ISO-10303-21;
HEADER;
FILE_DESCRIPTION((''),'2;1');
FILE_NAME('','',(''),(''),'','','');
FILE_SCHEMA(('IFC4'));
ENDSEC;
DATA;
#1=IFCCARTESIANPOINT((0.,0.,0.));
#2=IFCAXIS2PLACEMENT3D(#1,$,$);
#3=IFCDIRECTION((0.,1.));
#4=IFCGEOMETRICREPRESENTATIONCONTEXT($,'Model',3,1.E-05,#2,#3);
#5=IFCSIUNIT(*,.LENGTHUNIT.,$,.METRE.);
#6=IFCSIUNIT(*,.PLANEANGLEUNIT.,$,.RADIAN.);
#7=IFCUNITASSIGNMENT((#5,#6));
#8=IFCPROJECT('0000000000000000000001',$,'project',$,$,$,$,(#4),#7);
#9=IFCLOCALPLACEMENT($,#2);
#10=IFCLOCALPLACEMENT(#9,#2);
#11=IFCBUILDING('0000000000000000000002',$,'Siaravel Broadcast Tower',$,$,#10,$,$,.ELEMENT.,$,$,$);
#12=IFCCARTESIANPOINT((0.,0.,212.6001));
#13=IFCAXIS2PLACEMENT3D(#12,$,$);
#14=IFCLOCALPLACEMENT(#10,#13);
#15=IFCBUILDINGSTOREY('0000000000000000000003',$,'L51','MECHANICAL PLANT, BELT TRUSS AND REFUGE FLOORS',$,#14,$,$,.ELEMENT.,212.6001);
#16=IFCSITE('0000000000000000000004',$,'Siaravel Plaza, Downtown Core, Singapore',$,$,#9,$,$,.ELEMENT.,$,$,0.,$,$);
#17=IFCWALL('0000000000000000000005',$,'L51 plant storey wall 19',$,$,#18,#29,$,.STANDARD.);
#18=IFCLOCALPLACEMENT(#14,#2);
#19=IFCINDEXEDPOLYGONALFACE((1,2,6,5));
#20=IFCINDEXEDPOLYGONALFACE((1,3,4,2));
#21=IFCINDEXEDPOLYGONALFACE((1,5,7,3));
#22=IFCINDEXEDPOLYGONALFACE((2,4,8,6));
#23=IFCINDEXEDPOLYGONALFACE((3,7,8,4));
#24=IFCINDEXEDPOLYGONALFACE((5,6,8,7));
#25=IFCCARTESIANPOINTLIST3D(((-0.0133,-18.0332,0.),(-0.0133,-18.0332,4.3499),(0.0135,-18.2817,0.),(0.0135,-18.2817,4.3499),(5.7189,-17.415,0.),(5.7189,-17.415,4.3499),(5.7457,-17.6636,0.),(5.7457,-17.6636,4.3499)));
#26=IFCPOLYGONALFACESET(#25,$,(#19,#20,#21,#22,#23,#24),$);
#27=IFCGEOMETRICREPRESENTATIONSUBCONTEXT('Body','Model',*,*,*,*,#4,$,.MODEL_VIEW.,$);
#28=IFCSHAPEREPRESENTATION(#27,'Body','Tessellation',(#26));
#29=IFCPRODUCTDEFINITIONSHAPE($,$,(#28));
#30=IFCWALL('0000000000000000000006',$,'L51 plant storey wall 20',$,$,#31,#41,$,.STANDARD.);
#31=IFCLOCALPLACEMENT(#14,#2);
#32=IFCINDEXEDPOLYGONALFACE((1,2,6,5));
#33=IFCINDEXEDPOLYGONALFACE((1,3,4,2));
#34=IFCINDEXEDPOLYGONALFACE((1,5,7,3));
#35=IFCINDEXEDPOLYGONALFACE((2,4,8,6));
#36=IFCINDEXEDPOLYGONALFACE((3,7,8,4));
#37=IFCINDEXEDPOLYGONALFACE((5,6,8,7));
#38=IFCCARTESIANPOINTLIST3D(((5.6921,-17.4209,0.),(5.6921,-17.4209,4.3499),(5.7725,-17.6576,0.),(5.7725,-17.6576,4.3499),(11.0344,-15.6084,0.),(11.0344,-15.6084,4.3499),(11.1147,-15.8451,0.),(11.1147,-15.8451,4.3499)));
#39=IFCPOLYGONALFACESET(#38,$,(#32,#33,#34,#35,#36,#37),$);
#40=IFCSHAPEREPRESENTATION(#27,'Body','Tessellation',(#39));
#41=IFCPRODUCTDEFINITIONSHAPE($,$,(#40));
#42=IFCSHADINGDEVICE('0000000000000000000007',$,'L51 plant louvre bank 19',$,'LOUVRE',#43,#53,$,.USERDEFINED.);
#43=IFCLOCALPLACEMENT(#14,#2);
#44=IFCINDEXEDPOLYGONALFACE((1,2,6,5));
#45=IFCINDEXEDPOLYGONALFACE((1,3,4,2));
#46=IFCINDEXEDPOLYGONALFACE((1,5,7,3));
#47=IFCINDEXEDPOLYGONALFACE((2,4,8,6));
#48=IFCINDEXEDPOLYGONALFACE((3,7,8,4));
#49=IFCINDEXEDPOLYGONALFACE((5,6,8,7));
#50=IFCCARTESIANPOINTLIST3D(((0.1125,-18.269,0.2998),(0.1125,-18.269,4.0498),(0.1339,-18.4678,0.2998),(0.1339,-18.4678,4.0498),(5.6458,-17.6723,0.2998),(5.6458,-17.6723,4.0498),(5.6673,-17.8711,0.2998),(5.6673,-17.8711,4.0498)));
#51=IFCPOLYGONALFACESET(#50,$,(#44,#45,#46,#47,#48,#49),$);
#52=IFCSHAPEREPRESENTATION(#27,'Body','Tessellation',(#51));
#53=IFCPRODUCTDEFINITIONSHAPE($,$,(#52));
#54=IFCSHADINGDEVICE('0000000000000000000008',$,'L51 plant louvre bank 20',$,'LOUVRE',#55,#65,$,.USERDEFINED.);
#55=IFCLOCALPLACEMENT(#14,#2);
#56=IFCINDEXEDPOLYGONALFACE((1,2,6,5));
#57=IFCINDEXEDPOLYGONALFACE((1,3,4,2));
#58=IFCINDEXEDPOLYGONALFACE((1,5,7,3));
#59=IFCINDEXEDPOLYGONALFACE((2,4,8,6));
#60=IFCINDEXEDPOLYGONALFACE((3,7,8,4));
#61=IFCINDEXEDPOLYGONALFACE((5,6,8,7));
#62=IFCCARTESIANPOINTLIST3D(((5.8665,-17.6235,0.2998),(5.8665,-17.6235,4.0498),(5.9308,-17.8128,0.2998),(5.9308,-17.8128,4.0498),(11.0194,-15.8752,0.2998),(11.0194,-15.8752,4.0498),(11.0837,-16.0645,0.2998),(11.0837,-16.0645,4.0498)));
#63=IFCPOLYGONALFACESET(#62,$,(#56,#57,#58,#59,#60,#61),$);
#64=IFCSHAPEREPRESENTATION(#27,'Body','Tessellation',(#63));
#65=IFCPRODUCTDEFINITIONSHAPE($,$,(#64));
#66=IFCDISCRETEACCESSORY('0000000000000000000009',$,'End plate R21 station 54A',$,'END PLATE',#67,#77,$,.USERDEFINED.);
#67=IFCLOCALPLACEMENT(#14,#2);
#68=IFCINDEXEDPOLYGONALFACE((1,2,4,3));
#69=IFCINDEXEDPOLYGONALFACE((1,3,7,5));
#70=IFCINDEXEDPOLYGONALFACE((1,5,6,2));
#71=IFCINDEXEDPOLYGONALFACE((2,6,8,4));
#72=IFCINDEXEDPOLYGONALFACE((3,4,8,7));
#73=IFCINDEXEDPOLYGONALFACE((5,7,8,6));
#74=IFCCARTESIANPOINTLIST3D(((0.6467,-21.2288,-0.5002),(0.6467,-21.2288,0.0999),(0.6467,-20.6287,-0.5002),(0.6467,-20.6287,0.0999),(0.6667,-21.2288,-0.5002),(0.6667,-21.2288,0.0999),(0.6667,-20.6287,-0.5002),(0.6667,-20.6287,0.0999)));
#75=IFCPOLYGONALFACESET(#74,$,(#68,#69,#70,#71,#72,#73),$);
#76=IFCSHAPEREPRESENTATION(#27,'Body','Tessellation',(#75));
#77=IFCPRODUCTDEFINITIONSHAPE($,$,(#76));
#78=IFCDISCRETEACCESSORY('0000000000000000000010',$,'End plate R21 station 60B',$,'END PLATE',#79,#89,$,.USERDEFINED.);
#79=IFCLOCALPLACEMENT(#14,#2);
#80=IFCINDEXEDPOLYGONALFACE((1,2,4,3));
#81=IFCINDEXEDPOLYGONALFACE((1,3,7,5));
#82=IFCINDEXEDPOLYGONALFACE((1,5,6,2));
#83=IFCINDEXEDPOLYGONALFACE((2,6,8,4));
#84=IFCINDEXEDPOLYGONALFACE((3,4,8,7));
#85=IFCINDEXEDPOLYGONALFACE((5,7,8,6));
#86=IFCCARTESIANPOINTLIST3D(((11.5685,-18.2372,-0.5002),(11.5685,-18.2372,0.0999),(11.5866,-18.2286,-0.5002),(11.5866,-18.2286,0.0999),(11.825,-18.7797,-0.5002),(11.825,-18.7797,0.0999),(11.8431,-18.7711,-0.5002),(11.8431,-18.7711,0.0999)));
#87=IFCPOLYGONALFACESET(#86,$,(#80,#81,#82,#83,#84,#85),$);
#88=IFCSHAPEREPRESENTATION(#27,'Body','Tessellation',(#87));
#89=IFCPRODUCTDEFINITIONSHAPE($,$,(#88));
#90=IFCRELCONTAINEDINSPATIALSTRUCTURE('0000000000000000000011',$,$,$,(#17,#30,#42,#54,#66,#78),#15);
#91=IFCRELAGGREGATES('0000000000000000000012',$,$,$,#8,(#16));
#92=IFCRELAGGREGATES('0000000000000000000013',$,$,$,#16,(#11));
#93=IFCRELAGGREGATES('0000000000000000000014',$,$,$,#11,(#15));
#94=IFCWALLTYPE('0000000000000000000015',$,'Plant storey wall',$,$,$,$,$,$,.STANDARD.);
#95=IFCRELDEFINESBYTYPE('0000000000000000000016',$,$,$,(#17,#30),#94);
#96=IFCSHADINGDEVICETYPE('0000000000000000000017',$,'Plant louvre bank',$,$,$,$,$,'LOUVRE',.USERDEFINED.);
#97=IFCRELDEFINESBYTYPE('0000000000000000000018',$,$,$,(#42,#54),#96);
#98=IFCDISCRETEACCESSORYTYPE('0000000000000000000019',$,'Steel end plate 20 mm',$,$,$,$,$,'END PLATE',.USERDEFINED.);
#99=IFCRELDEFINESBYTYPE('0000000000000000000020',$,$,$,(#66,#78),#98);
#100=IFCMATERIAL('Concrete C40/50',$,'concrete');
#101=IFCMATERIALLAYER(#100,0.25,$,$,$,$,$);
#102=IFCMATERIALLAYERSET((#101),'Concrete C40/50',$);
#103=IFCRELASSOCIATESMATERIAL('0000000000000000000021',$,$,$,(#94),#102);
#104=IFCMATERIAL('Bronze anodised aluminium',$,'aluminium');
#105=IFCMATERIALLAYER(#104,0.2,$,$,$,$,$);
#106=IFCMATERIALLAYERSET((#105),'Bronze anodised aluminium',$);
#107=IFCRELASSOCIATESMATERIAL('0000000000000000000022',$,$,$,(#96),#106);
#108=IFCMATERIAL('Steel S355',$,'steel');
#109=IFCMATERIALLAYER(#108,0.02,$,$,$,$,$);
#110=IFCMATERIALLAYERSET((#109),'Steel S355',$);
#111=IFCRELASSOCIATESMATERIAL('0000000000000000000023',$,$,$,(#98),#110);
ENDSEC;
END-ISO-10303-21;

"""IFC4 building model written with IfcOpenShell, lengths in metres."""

from ifc_helpers import new_model, si_unit, direction, frame, frame_2d, origin, origin_2d, place, context, subcontext, project, spatial, rectangle, extrude, material, layer, layer_set, type_object, element, save


model = new_model("IFC4")

# Units and contexts
model_context = context("Model", 3, precision=1e-05, world=origin(), true_north=direction((0.0, 1.0)))
body_context = subcontext(model_context, "Body", "Model", "MODEL_VIEW")
ifc_project = project(units=[si_unit("LENGTHUNIT", "METRE"), si_unit("PLANEANGLEUNIT", "RADIAN")], contexts=[model_context])

# Site, building, storey
site_placement = place(None, origin())
site = spatial("IfcSite", under=ifc_project, at=site_placement, Name="Siaravel Plaza, Downtown Core, Singapore", CompositionType="ELEMENT", RefElevation=0.0)
building_placement = place(site_placement, origin())
building = spatial("IfcBuilding", under=site, at=building_placement, Name="Siaravel Broadcast Tower", CompositionType="ELEMENT")
storey_placement = place(building_placement, frame((0.0, 0.0, 212.6001)))
storey = spatial("IfcBuildingStorey", under=building, at=storey_placement, Name="L51", Description="MECHANICAL PLANT, BELT TRUSS AND REFUGE FLOORS", CompositionType="ELEMENT", Elevation=212.6001)

# Shared definitions
ifc_material_1 = material(Name="Steel S355", Category="steel")

# Walls
ifc_material_2 = material(Name="Concrete C40/50", Category="concrete")
ifc_layer_1 = layer(ifc_material_2, 0.25)
ifc_layer_set_1 = layer_set([ifc_layer_1], Name="Concrete C40/50")
wall_type_1 = type_object("IfcWallType", Name="Plant storey wall", PredefinedType="STANDARD", material=ifc_layer_set_1)
wall_1_placement = place(storey_placement, frame((0.0, -18.1575, 0.0), z_axis=(0.0, 0.0, 1.0), x_axis=(0.994235, 0.107219, 0.0)))
element("IfcWall", 1, at=wall_1_placement, inside=storey, type_object=wall_type_1, Name="L51 plant storey wall 19", PredefinedType="STANDARD", context=body_context, shape_type="SweptSolid", body=[
    extrude(rectangle(XDim=5.7654, YDim=0.25, at=frame_2d((2.8828, 0.0))), origin(), (0.0, 0.0, 1.0), 4.3499),
])
wall_2_placement = place(storey_placement, frame((5.7322, -17.5393, 0.0), z_axis=(0.0, 0.0, 1.0), x_axis=(0.946982, 0.321287, 0.0)))
element("IfcWall", 2, at=wall_2_placement, inside=storey, type_object=wall_type_1, Name="L51 plant storey wall 20", PredefinedType="STANDARD", context=body_context, shape_type="SweptSolid", body=[
    extrude(rectangle(XDim=5.6414, YDim=0.25, at=frame_2d((2.8208, 0.0))), origin(), (0.0, 0.0, 1.0), 4.3499),
])

# Shading devices
ifc_material_3 = material(Name="Bronze anodised aluminium", Category="aluminium")
ifc_layer_2 = layer(ifc_material_3, 0.2)
ifc_layer_set_2 = layer_set([ifc_layer_2], Name="Bronze anodised aluminium")
shading_device_type = type_object("IfcShadingDeviceType", Name="Plant louvre bank", ElementType="LOUVRE", PredefinedType="USERDEFINED", material=ifc_layer_set_2)
shading_device_1_placement = place(storey_placement, frame((2.8899, -18.0701, 0.2998), z_axis=(0.0, 0.0, 1.0), x_axis=(0.994236, 0.107217, 0.0)))
element("IfcShadingDevice", 3, at=shading_device_1_placement, inside=storey, type_object=shading_device_type, Name="L51 plant louvre bank 19", ObjectType="LOUVRE", PredefinedType="USERDEFINED", context=body_context, shape_type="SweptSolid", body=[
    extrude(rectangle(XDim=5.5654, YDim=0.2, at=origin_2d()), origin(), (0.0, 0.0, 1.0), 3.75),
])
shading_device_2_placement = place(storey_placement, frame((8.4751, -16.844, 0.2998), z_axis=(0.0, 0.0, 1.0), x_axis=(0.946977, 0.321301, 0.0)))
element("IfcShadingDevice", 4, at=shading_device_2_placement, inside=storey, type_object=shading_device_type, Name="L51 plant louvre bank 20", ObjectType="LOUVRE", PredefinedType="USERDEFINED", context=body_context, shape_type="SweptSolid", body=[
    extrude(rectangle(XDim=5.4414, YDim=0.2, at=origin_2d()), origin(), (0.0, 0.0, 1.0), 3.75),
])

# Discrete accessories
ifc_layer_3 = layer(ifc_material_1, 0.02)
ifc_layer_set_3 = layer_set([ifc_layer_3], Name="Steel S355")
discrete_accessory_type = type_object("IfcDiscreteAccessoryType", Name="Steel end plate 20 mm", ElementType="END PLATE", PredefinedType="USERDEFINED", material=ifc_layer_set_3)
for number, where, z_axis, x_axis, name in (
    (5, (0.6567, -20.9287, -0.5002), (0.0, 0.0, 1.0), (1.0, 0.0, 0.0), "End plate R21 station 54A"),
    (6, (11.7058, -18.5042, -0.5002), (0.0, 0.0, 1.0), (0.904006, 0.427519, 0.0), "End plate R21 station 60B"),
):
    element("IfcDiscreteAccessory", number, at=place(storey_placement, frame(where, z_axis=z_axis, x_axis=x_axis)), inside=storey, type_object=discrete_accessory_type, Name=name, ObjectType="END PLATE", PredefinedType="USERDEFINED", context=body_context, shape_type="SweptSolid", body=[
        extrude(rectangle(XDim=0.02, YDim=0.6001, at=origin_2d()), origin(), (0.0, 0.0, 1.0), 0.6001),
    ])

save(model, "model.ifc")
